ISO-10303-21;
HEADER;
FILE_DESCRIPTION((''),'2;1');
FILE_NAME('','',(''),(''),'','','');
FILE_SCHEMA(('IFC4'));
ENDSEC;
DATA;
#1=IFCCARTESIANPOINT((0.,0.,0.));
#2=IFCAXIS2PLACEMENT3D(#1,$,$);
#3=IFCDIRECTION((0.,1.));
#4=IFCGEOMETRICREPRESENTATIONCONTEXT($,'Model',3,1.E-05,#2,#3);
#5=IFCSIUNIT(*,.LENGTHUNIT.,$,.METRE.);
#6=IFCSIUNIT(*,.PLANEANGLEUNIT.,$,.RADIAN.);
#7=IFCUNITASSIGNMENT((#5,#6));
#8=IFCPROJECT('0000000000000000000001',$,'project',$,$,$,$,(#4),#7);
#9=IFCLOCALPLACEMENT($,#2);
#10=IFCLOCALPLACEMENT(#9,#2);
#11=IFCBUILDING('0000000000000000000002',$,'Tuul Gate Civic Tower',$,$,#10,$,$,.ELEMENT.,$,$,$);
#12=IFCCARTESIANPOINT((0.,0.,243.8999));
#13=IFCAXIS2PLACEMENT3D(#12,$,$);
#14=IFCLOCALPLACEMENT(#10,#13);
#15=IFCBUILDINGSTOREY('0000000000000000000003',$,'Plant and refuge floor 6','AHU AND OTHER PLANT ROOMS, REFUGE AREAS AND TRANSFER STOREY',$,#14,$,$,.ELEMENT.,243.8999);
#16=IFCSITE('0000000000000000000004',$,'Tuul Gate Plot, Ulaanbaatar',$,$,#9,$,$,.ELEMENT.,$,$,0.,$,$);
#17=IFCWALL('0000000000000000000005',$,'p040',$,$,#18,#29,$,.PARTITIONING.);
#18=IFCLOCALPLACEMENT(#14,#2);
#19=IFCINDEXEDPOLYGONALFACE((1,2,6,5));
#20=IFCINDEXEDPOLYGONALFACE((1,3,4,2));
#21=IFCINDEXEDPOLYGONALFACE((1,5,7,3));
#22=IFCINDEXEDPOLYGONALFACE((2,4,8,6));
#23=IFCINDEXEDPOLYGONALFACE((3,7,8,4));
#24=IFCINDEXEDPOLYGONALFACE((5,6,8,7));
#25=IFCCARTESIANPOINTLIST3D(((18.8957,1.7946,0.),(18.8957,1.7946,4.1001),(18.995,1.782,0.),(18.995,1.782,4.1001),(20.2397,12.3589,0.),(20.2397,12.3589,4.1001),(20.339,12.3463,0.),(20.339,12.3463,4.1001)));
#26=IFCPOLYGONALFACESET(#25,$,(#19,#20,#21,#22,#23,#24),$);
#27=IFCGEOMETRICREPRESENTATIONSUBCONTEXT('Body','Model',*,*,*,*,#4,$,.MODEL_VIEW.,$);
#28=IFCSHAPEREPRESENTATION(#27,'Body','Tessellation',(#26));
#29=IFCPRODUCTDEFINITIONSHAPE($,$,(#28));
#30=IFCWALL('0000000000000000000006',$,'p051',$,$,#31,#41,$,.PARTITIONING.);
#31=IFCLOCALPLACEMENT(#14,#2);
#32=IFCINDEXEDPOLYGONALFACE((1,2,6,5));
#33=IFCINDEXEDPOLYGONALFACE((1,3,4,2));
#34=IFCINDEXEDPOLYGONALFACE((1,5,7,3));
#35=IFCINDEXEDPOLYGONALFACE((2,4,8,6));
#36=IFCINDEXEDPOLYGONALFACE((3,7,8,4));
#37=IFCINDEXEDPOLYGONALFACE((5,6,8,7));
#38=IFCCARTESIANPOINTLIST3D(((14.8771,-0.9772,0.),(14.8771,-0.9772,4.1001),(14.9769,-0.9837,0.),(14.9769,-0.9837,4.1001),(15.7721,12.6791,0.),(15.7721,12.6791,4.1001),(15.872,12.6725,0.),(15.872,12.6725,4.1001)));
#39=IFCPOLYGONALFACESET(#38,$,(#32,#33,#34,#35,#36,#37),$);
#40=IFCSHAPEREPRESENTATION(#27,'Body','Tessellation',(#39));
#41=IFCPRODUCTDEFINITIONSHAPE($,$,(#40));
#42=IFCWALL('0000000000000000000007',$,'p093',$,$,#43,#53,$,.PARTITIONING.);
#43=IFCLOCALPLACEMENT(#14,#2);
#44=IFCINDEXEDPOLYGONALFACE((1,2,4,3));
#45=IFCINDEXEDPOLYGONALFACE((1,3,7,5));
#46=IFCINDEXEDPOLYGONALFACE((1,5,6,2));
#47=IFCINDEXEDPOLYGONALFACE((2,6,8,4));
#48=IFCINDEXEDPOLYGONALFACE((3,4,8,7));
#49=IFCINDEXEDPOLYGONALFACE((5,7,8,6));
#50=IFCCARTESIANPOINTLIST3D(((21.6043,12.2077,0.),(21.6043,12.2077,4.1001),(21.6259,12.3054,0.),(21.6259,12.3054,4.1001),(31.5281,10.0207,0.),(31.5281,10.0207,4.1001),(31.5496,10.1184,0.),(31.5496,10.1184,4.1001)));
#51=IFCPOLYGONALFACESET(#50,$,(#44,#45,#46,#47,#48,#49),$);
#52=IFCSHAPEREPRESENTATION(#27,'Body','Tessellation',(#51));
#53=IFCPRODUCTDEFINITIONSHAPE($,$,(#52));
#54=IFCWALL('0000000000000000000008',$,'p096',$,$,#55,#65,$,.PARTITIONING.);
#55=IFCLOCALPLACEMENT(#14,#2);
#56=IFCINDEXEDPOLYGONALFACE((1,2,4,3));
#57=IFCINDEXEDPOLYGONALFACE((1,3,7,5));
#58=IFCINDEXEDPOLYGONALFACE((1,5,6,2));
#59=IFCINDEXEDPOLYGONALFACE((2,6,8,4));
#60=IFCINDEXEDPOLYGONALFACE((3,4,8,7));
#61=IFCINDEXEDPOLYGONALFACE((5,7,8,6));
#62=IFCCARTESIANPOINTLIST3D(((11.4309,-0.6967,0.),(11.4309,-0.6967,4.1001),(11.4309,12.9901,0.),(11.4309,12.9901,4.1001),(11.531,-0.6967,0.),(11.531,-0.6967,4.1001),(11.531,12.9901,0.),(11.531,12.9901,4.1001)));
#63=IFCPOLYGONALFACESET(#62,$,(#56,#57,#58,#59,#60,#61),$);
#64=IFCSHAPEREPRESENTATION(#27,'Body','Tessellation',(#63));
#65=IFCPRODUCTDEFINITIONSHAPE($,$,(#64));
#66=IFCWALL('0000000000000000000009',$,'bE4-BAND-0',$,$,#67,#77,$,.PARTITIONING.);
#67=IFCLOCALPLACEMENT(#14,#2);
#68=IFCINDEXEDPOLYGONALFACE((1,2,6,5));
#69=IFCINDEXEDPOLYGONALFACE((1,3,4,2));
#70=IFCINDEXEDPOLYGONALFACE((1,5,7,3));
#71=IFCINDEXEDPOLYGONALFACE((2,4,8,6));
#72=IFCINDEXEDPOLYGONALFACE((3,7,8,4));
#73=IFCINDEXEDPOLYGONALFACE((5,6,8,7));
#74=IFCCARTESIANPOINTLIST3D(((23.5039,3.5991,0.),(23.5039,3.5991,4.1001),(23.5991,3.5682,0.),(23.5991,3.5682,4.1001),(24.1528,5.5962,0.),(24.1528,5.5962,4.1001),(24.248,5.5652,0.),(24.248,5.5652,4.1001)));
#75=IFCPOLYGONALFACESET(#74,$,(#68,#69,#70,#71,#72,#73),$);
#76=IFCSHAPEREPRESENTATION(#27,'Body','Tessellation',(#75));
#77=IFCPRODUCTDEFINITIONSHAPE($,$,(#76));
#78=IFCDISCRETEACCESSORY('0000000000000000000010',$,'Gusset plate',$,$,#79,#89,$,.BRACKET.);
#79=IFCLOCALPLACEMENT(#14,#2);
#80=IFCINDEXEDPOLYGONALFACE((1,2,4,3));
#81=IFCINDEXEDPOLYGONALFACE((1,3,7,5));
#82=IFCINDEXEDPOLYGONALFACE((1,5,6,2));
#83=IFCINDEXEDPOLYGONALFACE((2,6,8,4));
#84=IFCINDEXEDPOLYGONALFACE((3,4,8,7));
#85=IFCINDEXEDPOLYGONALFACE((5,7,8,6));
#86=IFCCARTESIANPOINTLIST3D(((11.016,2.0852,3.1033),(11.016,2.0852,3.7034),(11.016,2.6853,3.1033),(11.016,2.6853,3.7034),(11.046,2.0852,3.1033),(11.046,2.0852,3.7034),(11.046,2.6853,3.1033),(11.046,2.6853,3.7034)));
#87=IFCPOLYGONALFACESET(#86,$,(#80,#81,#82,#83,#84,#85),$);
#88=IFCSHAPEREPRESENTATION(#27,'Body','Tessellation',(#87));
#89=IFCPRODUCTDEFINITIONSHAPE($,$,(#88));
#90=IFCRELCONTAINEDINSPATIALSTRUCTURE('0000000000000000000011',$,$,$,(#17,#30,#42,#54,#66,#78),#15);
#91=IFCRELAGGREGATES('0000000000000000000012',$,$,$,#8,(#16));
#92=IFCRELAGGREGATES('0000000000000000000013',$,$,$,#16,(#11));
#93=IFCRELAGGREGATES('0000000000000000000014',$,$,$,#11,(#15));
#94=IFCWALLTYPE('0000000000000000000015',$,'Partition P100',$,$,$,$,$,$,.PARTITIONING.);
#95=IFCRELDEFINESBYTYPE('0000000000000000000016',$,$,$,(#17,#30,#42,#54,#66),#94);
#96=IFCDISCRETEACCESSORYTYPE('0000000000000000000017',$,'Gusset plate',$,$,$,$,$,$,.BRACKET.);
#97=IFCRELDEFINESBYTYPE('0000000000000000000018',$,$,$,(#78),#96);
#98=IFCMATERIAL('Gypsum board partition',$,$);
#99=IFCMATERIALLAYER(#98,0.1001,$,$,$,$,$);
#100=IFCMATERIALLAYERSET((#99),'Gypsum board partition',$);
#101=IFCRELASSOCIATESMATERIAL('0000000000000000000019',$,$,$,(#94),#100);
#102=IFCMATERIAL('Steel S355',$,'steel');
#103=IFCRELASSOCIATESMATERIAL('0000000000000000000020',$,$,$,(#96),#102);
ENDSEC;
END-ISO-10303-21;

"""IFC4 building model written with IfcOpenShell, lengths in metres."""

from ifc_helpers import new_model, si_unit, direction, frame, frame_2d, origin, origin_2d, place, context, subcontext, project, spatial, rectangle, extrude, material, layer, layer_set, type_object, element, save


model = new_model("IFC4")

# Units and contexts
model_context = context("Model", 3, precision=1e-05, world=origin(), true_north=direction((0.0, 1.0)))
body_context = subcontext(model_context, "Body", "Model", "MODEL_VIEW")
ifc_project = project(units=[si_unit("LENGTHUNIT", "METRE"), si_unit("PLANEANGLEUNIT", "RADIAN")], contexts=[model_context])

# Site, building, storey
site_placement = place(None, origin())
site = spatial("IfcSite", under=ifc_project, at=site_placement, Name="Tuul Gate Plot, Ulaanbaatar", CompositionType="ELEMENT", RefElevation=0.0)
building_placement = place(site_placement, origin())
building = spatial("IfcBuilding", under=site, at=building_placement, Name="Tuul Gate Civic Tower", CompositionType="ELEMENT")
storey_placement = place(building_placement, frame((0.0, 0.0, 243.8999)))
storey = spatial("IfcBuildingStorey", under=building, at=storey_placement, Name="Plant and refuge floor 6", Description="AHU AND OTHER PLANT ROOMS, REFUGE AREAS AND TRANSFER STOREY", CompositionType="ELEMENT", Elevation=243.8999)

# Walls
ifc_material_1 = material(Name="Gypsum board partition")
ifc_layer_1 = layer(ifc_material_1, 0.1001)
ifc_layer_set_1 = layer_set([ifc_layer_1], Name="Gypsum board partition")
wall_type_1 = type_object("IfcWallType", Name="Partition P100", PredefinedType="PARTITIONING", material=ifc_layer_set_1)
wall_1_placement = place(storey_placement, frame((18.9453, 1.7883, 0.0), z_axis=(0.0, 0.0, 1.0), x_axis=(0.126204, 0.992004, 0.0)))
element("IfcWall", 1, at=wall_1_placement, inside=storey, type_object=wall_type_1, Name="p040", PredefinedType="PARTITIONING", context=body_context, shape_type="SweptSolid", body=[
    extrude(rectangle(XDim=10.6494, YDim=0.1001, at=frame_2d((5.3247, 0.0))), origin(), (0.0, 0.0, 1.0), 4.1001),
])
wall_2_placement = place(storey_placement, frame((14.927, -0.9805, 0.0), z_axis=(0.0, 0.0, 1.0), x_axis=(0.065399, 0.997859, 0.0)))
element("IfcWall", 2, at=wall_2_placement, inside=storey, type_object=wall_type_1, Name="p051", PredefinedType="PARTITIONING", context=body_context, shape_type="SweptSolid", body=[
    extrude(rectangle(XDim=13.6855, YDim=0.1001, at=frame_2d((6.8428, 0.0))), origin(), (0.0, 0.0, 1.0), 4.1001),
])
wall_3_placement = place(storey_placement, frame((21.615, 12.2566, 0.0), z_axis=(0.0, 0.0, 1.0), x_axis=(0.976567, -0.215216, 0.0)))
element("IfcWall", 3, at=wall_3_placement, inside=storey, type_object=wall_type_1, Name="p093", PredefinedType="PARTITIONING", context=body_context, shape_type="SweptSolid", body=[
    extrude(rectangle(XDim=10.1619, YDim=0.1001, at=frame_2d((5.0811, 0.0))), origin(), (0.0, 0.0, 1.0), 4.1001),
])
wall_4_placement = place(storey_placement, frame((11.481, -0.6965, 0.0), z_axis=(0.0, 0.0, 1.0), x_axis=(0.0, 1.0, 0.0)))
element("IfcWall", 4, at=wall_4_placement, inside=storey, type_object=wall_type_1, Name="p096", PredefinedType="PARTITIONING", context=body_context, shape_type="SweptSolid", body=[
    extrude(rectangle(XDim=13.6868, YDim=0.1001, at=frame_2d((6.8433, 0.0))), origin(), (0.0, 0.0, 1.0), 4.1001),
])
wall_5_placement = place(storey_placement, frame((23.5515, 3.5837, 0.0), z_axis=(0.0, 0.0, 1.0), x_axis=(0.309033, 0.951051, 0.0)))
element("IfcWall", 5, at=wall_5_placement, inside=storey, type_object=wall_type_1, Name="bE4-BAND-0", PredefinedType="PARTITIONING", context=body_context, shape_type="SweptSolid", body=[
    extrude(rectangle(XDim=2.0999, YDim=0.1001, at=frame_2d((1.0498, 0.0))), origin(), (0.0, 0.0, 1.0), 4.1001),
])

# Discrete accessory
ifc_material_2 = material(Name="Steel S355", Category="steel")
discrete_accessory_type = type_object("IfcDiscreteAccessoryType", Name="Gusset plate", PredefinedType="BRACKET", material=ifc_material_2)
discrete_accessory_placement = place(storey_placement, frame((11.031, 2.3853, 3.1033), z_axis=(0.0, 0.0, 1.0), x_axis=(0.0, 1.0, 0.0)))
element("IfcDiscreteAccessory", 6, at=discrete_accessory_placement, inside=storey, type_object=discrete_accessory_type, Name="Gusset plate", PredefinedType="BRACKET", context=body_context, shape_type="SweptSolid", body=[
    extrude(rectangle(XDim=0.6001, YDim=0.03, at=origin_2d()), origin(), (0.0, 0.0, 1.0), 0.6001),
])

save(model, "model.ifc")
